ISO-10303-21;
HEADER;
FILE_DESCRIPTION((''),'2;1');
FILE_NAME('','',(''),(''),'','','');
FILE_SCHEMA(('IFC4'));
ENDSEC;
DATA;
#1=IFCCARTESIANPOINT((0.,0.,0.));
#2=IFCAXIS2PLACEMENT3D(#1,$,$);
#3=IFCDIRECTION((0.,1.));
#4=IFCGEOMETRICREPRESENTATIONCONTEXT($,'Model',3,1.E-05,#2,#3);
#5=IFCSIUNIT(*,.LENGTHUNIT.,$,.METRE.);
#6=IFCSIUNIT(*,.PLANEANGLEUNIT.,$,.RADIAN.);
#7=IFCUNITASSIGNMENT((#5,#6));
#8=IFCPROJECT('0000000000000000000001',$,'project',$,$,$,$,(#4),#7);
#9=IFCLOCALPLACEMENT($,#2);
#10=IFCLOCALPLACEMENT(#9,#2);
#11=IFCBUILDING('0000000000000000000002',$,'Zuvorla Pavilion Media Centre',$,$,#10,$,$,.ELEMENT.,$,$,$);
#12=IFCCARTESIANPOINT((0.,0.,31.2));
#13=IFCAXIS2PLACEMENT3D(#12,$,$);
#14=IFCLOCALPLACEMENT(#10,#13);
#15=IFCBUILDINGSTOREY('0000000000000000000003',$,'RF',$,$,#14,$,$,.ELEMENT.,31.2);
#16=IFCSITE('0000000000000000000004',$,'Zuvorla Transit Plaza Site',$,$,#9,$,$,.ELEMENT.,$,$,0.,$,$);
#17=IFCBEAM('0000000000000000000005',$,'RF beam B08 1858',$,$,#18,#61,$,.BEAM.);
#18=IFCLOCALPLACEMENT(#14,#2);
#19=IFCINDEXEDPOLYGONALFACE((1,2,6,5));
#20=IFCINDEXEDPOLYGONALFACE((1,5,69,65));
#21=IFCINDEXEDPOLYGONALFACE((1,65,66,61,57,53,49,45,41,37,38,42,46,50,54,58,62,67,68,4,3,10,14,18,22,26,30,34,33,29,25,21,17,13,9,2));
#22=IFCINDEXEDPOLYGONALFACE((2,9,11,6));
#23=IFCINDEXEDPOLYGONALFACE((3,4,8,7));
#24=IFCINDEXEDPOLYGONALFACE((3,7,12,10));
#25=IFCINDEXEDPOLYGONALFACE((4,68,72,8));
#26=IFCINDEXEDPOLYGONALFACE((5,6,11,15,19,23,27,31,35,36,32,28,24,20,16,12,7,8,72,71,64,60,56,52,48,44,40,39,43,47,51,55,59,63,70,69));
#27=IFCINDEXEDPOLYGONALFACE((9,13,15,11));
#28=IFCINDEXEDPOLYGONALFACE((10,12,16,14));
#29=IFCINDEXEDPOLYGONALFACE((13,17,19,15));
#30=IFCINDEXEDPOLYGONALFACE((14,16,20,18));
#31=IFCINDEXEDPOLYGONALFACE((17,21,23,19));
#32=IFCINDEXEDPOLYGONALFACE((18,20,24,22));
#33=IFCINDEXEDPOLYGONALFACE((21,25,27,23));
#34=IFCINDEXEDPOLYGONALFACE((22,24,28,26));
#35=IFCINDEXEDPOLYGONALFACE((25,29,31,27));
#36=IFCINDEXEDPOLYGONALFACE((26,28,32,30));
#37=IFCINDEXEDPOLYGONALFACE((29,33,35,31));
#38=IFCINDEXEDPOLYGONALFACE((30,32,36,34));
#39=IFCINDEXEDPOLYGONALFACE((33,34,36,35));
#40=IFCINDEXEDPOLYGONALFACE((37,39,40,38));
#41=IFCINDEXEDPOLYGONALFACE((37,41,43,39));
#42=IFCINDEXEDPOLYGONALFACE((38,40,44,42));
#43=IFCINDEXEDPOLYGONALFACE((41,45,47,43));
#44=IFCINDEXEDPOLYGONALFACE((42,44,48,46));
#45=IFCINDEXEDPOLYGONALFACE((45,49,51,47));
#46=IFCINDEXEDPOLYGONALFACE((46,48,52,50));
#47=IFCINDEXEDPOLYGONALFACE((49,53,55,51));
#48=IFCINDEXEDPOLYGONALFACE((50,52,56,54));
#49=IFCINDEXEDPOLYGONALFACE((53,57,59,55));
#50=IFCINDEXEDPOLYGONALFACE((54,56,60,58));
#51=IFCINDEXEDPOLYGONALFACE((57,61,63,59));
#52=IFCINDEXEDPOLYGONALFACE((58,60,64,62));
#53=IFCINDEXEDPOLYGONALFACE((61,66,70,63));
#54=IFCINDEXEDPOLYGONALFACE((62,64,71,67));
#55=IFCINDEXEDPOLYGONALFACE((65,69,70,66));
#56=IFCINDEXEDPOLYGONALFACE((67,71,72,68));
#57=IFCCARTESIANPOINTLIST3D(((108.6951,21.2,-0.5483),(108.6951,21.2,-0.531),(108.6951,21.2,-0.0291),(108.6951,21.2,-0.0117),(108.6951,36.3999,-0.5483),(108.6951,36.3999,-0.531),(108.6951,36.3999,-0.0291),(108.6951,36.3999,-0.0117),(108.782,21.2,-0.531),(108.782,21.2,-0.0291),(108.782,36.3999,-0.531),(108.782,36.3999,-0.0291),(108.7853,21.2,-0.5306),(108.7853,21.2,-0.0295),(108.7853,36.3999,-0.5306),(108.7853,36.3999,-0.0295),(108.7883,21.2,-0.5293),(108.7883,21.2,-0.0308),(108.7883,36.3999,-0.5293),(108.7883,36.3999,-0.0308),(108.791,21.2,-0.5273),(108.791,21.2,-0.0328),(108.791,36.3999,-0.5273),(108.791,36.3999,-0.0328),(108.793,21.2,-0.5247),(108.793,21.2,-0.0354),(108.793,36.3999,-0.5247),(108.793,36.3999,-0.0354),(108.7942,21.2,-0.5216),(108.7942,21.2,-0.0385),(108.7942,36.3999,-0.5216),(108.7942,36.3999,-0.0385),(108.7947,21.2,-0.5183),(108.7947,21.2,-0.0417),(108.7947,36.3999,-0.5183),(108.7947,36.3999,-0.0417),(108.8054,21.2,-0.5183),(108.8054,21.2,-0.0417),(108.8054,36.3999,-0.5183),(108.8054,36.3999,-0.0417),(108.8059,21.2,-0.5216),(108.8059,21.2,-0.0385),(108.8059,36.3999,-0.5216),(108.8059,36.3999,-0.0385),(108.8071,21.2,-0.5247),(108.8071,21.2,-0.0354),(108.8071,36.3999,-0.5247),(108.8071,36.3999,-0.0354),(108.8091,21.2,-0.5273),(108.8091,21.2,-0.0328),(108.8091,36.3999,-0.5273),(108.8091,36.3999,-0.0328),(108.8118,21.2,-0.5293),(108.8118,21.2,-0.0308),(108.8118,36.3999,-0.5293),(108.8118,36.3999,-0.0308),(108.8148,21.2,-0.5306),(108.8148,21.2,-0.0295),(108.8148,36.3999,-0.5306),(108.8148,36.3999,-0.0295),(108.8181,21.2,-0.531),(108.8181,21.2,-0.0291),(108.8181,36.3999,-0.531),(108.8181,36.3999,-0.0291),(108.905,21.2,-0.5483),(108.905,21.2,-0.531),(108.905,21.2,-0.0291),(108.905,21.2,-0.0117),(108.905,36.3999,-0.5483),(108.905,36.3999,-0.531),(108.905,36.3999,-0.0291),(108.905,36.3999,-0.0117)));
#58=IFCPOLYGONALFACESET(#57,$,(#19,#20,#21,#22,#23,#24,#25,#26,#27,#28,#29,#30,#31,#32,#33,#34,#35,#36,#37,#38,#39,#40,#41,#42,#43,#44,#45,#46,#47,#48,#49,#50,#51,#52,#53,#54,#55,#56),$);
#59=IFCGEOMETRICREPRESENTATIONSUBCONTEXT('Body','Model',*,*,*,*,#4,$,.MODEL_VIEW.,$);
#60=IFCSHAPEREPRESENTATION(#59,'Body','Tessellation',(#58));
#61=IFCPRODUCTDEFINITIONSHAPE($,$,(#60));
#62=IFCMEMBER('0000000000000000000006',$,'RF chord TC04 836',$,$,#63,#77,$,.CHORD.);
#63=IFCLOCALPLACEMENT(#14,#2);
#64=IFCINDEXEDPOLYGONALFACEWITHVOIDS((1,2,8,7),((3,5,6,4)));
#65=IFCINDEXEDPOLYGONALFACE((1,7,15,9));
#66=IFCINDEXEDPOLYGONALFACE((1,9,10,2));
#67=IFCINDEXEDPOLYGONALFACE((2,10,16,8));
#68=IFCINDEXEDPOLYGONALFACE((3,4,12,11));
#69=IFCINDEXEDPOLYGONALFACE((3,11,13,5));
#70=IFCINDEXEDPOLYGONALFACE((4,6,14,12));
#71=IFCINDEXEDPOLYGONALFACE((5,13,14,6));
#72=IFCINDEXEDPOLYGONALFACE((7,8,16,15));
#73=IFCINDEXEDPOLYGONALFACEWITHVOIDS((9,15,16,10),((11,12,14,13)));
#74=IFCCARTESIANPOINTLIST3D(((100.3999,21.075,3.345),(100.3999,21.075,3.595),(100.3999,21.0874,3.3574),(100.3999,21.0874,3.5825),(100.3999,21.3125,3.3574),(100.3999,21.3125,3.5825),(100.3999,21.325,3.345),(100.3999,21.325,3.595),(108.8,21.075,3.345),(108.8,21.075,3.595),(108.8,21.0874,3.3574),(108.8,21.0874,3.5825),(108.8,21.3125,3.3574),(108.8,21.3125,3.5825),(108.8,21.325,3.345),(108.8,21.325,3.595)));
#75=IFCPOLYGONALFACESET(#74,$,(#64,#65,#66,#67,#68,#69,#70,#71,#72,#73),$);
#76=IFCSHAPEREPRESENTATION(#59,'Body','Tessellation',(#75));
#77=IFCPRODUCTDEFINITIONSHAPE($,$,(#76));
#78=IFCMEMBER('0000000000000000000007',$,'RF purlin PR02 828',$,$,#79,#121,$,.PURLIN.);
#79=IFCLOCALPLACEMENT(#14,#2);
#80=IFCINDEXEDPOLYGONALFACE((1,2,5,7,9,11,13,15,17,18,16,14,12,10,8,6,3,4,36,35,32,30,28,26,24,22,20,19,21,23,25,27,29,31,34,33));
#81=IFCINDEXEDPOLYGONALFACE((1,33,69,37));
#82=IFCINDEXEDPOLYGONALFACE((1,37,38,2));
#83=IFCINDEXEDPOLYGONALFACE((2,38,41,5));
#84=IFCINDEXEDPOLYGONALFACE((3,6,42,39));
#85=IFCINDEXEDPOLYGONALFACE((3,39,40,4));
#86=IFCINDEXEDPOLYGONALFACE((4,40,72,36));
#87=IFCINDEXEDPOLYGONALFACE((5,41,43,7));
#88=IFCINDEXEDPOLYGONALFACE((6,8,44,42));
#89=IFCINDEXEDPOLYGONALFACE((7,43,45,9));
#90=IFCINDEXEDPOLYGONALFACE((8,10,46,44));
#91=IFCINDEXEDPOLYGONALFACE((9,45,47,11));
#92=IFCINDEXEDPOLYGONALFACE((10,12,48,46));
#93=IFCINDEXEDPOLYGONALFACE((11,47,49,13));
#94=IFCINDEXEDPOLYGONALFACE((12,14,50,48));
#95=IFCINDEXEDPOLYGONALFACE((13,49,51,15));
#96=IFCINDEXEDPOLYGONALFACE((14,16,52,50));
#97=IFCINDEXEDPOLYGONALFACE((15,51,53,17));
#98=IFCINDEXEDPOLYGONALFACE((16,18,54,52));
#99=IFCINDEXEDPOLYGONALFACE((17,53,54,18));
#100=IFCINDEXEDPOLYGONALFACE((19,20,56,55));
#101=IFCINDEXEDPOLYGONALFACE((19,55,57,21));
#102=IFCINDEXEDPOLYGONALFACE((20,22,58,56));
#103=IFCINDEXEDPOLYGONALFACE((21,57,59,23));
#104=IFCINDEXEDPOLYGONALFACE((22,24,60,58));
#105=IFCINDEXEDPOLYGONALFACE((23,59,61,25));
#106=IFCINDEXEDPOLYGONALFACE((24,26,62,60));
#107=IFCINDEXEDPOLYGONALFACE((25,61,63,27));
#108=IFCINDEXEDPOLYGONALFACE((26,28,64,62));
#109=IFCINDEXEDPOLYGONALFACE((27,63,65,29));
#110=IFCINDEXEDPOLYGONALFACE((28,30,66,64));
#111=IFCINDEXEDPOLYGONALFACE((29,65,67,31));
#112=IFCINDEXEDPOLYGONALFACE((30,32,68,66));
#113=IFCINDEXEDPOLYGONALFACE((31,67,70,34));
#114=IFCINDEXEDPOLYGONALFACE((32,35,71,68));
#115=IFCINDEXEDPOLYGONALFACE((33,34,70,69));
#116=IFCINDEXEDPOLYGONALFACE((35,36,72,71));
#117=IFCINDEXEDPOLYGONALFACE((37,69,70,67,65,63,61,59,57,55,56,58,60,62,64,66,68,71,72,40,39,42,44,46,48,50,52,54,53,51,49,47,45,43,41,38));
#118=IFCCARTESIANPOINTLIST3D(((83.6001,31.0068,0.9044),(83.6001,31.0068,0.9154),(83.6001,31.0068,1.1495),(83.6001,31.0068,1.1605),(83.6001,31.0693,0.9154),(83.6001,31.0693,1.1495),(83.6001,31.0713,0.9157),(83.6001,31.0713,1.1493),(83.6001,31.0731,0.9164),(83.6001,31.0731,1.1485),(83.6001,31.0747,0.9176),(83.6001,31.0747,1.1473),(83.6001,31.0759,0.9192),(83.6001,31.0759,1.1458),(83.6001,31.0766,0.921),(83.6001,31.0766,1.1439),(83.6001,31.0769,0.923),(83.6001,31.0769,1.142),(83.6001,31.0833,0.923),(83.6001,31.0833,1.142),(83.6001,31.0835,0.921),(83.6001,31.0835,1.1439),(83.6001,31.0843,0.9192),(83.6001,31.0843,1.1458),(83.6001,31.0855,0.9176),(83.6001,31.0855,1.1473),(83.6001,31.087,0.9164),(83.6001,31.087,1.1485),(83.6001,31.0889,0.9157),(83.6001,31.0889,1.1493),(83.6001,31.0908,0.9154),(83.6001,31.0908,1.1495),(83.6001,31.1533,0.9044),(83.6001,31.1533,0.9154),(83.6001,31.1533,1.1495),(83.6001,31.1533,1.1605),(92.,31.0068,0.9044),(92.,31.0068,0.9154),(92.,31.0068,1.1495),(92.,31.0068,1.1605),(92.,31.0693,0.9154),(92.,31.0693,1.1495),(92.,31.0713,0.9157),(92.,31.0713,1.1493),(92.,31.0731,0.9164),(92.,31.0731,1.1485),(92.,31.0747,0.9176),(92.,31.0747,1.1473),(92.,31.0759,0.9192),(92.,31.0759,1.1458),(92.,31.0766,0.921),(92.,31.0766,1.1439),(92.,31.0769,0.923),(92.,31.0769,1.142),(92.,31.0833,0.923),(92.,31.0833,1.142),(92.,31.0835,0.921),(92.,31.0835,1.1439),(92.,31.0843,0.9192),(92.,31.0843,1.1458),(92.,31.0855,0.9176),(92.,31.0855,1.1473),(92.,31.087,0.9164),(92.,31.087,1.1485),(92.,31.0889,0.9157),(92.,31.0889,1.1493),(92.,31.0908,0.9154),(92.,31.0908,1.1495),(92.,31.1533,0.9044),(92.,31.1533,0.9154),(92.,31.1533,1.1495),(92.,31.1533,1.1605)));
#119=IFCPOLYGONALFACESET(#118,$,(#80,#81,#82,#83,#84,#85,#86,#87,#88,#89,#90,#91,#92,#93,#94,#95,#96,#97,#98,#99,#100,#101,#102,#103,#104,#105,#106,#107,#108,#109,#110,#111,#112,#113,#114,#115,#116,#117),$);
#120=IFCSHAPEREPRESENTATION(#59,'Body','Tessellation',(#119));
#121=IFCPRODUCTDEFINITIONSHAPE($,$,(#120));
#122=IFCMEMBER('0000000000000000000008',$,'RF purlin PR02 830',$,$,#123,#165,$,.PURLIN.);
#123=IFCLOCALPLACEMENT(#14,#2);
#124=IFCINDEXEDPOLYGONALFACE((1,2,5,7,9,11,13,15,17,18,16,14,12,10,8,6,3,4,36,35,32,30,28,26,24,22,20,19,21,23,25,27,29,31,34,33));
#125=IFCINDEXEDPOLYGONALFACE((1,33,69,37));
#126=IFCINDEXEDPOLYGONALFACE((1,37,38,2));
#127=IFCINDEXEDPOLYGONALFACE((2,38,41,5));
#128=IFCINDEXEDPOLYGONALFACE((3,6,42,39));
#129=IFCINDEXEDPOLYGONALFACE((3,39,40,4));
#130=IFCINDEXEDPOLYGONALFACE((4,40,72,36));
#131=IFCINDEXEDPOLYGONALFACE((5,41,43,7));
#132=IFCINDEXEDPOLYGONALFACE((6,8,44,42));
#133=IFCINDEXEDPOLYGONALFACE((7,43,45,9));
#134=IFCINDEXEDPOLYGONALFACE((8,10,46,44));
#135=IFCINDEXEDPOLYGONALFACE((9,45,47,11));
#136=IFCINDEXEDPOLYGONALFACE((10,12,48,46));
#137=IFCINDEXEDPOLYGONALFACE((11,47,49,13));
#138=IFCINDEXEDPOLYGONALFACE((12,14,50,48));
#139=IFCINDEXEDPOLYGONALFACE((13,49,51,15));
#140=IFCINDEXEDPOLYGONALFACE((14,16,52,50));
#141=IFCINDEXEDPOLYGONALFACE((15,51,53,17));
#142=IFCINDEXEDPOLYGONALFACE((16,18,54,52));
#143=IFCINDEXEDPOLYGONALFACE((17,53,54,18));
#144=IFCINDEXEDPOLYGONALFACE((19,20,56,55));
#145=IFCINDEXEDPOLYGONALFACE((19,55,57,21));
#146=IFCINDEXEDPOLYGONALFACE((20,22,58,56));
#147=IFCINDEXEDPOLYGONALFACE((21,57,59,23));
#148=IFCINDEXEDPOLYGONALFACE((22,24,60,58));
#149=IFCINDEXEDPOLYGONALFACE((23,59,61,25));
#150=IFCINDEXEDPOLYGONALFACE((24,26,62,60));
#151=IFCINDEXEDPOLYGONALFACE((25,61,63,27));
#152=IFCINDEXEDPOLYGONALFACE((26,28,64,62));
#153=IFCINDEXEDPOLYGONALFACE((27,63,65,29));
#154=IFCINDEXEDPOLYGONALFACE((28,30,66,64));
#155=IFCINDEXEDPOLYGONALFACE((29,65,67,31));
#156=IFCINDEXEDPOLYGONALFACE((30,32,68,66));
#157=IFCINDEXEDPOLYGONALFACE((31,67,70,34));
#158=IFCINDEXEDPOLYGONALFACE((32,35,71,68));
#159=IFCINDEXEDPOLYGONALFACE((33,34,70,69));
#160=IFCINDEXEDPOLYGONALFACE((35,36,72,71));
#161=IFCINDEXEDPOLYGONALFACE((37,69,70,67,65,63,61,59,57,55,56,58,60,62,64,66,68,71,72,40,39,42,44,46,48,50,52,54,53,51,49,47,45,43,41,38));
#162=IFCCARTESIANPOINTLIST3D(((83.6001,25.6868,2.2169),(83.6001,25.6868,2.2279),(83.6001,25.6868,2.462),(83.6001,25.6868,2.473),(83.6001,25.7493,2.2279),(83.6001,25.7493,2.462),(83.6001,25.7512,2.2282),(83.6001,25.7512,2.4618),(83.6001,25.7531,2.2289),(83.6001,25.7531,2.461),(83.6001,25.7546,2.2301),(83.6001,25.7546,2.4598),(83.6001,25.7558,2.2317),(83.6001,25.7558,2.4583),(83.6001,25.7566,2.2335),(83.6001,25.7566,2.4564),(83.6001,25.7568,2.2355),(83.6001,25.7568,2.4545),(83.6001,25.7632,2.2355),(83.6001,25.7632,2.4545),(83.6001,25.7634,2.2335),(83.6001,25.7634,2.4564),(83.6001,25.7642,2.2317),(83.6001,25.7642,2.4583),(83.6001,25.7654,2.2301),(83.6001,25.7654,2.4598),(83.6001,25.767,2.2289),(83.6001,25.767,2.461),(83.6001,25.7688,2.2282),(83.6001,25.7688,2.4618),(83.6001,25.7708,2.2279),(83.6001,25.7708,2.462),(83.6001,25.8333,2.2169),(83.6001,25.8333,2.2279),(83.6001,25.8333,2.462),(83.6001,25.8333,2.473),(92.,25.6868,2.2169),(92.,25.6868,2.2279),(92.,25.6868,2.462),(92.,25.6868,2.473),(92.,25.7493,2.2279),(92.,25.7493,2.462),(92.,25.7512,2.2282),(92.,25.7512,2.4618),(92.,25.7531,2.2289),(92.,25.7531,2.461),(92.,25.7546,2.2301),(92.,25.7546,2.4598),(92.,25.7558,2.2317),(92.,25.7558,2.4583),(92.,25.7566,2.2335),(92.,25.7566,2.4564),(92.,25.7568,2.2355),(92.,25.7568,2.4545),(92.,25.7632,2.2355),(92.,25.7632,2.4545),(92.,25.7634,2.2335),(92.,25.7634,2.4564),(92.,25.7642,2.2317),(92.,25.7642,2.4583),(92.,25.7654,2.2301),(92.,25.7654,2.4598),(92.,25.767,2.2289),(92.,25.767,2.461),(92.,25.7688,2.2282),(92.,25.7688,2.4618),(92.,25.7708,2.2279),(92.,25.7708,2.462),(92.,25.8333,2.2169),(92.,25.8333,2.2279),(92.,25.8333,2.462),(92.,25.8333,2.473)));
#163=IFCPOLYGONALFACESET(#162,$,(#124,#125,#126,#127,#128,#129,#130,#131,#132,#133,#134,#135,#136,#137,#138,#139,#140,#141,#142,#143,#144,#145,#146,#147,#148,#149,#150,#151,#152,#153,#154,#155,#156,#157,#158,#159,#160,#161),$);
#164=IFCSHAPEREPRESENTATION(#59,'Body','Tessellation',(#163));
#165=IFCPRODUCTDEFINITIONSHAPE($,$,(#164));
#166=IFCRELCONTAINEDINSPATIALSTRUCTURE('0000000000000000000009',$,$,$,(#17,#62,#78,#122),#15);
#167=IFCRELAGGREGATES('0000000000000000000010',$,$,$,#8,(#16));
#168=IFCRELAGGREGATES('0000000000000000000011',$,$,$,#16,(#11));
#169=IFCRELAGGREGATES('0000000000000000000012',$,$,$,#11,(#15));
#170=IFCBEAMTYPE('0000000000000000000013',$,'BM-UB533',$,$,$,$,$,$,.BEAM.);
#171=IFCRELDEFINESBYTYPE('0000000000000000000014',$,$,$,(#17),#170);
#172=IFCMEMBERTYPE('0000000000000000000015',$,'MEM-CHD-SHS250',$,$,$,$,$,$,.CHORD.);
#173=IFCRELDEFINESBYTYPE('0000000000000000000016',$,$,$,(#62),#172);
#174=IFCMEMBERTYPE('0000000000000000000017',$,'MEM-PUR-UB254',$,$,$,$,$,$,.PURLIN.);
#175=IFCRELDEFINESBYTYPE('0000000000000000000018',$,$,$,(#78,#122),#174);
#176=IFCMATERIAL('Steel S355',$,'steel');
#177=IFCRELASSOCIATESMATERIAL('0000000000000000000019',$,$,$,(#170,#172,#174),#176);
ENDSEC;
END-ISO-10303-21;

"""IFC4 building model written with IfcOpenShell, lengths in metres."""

from ifc_helpers import new_model, si_unit, direction, frame, origin, origin_2d, place, context, subcontext, project, spatial, hollow_rectangle, i_section, extrude, material, material_profile, profile_set, type_object, element, save


model = new_model("IFC4")

# Units and contexts
model_context = context("Model", 3, precision=1e-05, world=origin(), true_north=direction((0.0, 1.0)))
body_context = subcontext(model_context, "Body", "Model", "MODEL_VIEW")
ifc_project = project(units=[si_unit("LENGTHUNIT", "METRE"), si_unit("PLANEANGLEUNIT", "RADIAN")], contexts=[model_context])

# Site, building, storey
site_placement = place(None, origin())
site = spatial("IfcSite", under=ifc_project, at=site_placement, Name="Zuvorla Transit Plaza Site", CompositionType="ELEMENT", RefElevation=0.0)
building_placement = place(site_placement, origin())
building = spatial("IfcBuilding", under=site, at=building_placement, Name="Zuvorla Pavilion Media Centre", CompositionType="ELEMENT")
storey_placement = place(building_placement, frame((0.0, 0.0, 31.2)))
storey = spatial("IfcBuildingStorey", under=building, at=storey_placement, Name="RF", CompositionType="ELEMENT", Elevation=31.2)

# Beam
ifc_material_1 = material(Name="Steel S355", Category="steel")
ifc_material_profile_1 = material_profile(ifc_material_1, i_section(OverallWidth=0.21, OverallDepth=0.5366, WebThickness=0.0107, FlangeThickness=0.0173, FilletRadius=0.0127, at=origin_2d()), Name="UB 533x210x101")
ifc_profile_set_1 = profile_set([ifc_material_profile_1], Name="Steel S355")
beam_type = type_object("IfcBeamType", Name="BM-UB533", PredefinedType="BEAM", material=ifc_profile_set_1)
for number, where, z_axis, x_axis, name in (
    (1, (108.8, 21.2, -0.28), (0.0, 1.0, 0.0), (-1.0, 0.0, 0.0), "RF beam B08 1858"),
):
    element("IfcBeam", number, at=place(storey_placement, frame(where, z_axis=z_axis, x_axis=x_axis)), inside=storey, type_object=beam_type, Name=name, PredefinedType="BEAM", context=body_context, shape_type="SweptSolid", body=[
        extrude(i_section(OverallWidth=0.21, OverallDepth=0.5366, WebThickness=0.0107, FlangeThickness=0.0173, FilletRadius=0.0127, at=origin_2d()), origin(), (0.0, 0.0, 1.0), 15.2),
    ])

# Members
ifc_material_profile_2 = material_profile(ifc_material_1, hollow_rectangle(XDim=0.25, YDim=0.25, WallThickness=0.0125, at=origin_2d()), Name="SHS 250x250x12.5")
ifc_profile_set_2 = profile_set([ifc_material_profile_2], Name="Steel S355")
member_type_1 = type_object("IfcMemberType", Name="MEM-CHD-SHS250", PredefinedType="CHORD", material=ifc_profile_set_2)
member_placement = place(storey_placement, frame((100.3999, 21.2, 3.47), z_axis=(1.0, 0.0, 0.0), x_axis=(0.0, 1.0, 0.0)))
element("IfcMember", 2, at=member_placement, inside=storey, type_object=member_type_1, Name="RF chord TC04 836", PredefinedType="CHORD", context=body_context, shape_type="SweptSolid", body=[
    extrude(hollow_rectangle(XDim=0.25, YDim=0.25, WallThickness=0.0125, at=origin_2d()), origin(), (0.0, 0.0, 1.0), 8.4001),
])
ifc_material_profile_3 = material_profile(ifc_material_1, i_section(OverallWidth=0.1465, OverallDepth=0.2561, WebThickness=0.0063, FlangeThickness=0.011, FilletRadius=0.0076, at=origin_2d()), Name="UB 254x146x37")
ifc_profile_set_3 = profile_set([ifc_material_profile_3], Name="Steel S355")
member_type_2 = type_object("IfcMemberType", Name="MEM-PUR-UB254", PredefinedType="PURLIN", material=ifc_profile_set_3)
for number, where, z_axis, x_axis, name in (
    (3, (83.6001, 31.0801, 1.0325), (1.0, 0.0, 0.0), (0.0, 1.0, 0.0), "RF purlin PR02 828"),
    (4, (83.6001, 25.76, 2.345), (1.0, 0.0, 0.0), (0.0, 1.0, 0.0), "RF purlin PR02 830"),
):
    element("IfcMember", number, at=place(storey_placement, frame(where, z_axis=z_axis, x_axis=x_axis)), inside=storey, type_object=member_type_2, Name=name, PredefinedType="PURLIN", context=body_context, shape_type="SweptSolid", body=[
        extrude(i_section(OverallWidth=0.1465, OverallDepth=0.2561, WebThickness=0.0063, FlangeThickness=0.011, FilletRadius=0.0076, at=origin_2d()), origin(), (0.0, 0.0, 1.0), 8.3999),
    ])

save(model, "model.ifc")
